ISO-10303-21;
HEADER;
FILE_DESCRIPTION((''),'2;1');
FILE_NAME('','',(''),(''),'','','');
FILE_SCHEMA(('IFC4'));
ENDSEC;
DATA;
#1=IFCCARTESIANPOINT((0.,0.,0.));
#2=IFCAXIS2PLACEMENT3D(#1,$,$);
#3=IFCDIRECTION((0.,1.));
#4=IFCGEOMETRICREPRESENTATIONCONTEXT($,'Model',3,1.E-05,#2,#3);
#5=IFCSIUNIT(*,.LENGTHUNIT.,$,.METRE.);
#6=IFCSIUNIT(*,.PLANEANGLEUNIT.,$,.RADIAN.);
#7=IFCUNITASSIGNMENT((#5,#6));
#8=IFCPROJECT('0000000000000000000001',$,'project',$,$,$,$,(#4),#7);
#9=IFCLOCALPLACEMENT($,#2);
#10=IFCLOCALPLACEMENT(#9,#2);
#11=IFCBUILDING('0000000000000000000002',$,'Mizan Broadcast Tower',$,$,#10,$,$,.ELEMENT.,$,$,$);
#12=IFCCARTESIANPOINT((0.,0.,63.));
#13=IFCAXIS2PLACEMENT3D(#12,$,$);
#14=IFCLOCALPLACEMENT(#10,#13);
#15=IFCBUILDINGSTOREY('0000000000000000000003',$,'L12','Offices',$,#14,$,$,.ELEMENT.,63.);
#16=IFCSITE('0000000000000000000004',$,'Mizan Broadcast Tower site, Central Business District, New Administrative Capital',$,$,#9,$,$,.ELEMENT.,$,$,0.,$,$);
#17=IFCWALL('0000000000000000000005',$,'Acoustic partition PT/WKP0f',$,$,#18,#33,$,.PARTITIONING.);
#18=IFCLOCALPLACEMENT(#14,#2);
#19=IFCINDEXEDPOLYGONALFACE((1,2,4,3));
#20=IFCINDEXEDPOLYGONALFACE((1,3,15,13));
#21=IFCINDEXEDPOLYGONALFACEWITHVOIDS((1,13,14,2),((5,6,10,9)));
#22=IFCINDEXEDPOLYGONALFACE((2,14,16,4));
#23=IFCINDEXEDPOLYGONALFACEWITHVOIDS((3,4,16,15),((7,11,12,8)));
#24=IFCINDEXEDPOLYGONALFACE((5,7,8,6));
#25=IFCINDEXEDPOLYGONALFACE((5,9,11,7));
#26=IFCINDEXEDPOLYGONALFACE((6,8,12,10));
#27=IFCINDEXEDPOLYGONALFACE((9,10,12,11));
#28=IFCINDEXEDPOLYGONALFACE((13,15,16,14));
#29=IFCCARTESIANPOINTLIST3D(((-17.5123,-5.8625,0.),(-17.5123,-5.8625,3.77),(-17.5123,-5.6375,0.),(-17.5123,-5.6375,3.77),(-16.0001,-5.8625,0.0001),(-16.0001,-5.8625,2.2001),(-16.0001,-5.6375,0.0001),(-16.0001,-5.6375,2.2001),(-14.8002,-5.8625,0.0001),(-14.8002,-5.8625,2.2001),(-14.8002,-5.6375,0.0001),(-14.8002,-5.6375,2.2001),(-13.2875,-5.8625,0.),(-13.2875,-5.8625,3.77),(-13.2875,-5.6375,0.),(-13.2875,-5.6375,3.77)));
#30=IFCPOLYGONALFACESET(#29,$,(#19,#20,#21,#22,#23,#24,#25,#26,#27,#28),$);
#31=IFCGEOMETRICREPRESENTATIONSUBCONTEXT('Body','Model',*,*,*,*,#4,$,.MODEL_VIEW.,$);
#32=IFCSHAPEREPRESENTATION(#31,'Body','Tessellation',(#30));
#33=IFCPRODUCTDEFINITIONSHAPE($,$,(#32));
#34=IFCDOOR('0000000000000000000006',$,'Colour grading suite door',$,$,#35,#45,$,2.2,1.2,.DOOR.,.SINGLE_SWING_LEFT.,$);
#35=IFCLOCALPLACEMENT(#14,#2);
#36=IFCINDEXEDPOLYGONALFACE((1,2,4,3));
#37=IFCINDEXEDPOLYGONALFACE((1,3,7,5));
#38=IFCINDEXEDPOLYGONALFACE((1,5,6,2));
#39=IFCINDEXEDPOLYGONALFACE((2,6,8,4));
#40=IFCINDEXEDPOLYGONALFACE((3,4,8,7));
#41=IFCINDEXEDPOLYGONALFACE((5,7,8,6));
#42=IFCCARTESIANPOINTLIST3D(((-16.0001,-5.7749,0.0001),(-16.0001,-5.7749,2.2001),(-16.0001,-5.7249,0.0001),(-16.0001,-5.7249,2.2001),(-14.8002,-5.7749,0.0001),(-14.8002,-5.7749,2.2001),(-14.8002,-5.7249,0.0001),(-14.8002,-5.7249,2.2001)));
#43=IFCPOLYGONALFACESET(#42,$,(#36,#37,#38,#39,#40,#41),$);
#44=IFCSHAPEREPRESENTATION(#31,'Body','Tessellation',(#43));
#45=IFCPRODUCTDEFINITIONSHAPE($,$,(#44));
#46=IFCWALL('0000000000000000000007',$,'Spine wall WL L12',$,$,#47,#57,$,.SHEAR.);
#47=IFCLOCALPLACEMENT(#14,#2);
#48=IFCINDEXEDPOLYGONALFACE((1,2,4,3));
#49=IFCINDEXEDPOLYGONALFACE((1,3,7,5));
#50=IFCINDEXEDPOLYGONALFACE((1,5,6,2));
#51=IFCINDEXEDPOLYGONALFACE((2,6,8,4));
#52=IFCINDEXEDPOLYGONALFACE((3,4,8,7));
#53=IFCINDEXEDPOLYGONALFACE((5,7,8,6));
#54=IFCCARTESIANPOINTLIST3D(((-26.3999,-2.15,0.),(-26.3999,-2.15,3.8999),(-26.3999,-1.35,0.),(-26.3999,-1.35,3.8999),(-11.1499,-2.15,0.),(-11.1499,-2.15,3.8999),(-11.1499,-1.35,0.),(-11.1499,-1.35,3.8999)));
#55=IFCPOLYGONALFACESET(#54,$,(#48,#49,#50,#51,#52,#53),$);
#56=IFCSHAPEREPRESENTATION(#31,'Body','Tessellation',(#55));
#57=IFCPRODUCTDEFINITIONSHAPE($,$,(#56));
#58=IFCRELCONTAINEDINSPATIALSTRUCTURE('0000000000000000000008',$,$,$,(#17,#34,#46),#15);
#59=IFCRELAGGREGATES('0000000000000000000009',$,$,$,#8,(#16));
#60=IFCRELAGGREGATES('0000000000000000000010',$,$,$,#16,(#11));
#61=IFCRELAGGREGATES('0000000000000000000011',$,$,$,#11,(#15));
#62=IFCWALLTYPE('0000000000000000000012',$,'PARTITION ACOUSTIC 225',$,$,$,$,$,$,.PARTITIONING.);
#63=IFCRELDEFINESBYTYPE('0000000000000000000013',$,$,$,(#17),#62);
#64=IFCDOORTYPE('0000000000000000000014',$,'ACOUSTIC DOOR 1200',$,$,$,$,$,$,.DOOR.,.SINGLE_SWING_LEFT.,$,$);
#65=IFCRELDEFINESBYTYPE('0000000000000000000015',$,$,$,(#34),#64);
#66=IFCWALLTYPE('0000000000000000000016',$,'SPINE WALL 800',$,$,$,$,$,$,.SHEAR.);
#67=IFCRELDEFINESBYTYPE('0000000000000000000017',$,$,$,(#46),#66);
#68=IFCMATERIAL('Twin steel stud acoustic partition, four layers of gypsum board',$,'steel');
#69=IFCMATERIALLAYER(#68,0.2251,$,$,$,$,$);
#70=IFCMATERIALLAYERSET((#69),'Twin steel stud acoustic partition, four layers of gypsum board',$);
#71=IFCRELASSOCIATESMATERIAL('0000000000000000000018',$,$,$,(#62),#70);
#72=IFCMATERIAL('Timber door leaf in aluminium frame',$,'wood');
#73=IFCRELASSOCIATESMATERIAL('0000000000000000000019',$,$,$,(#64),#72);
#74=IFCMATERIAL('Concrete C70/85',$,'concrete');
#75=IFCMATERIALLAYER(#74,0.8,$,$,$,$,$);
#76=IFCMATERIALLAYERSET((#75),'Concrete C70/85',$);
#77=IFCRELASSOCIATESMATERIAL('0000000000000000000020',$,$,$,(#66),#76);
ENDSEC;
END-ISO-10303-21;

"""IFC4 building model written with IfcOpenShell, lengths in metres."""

from ifc_helpers import new_model, si_unit, direction, frame, frame_2d, origin, place, context, subcontext, project, spatial, rectangle, extrude, material, layer, layer_set, type_object, element, fill, save


model = new_model("IFC4")

# Units and contexts
model_context = context("Model", 3, precision=1e-05, world=origin(), true_north=direction((0.0, 1.0)))
body_context = subcontext(model_context, "Body", "Model", "MODEL_VIEW")
ifc_project = project(units=[si_unit("LENGTHUNIT", "METRE"), si_unit("PLANEANGLEUNIT", "RADIAN")], contexts=[model_context])

# Site, building, storey
site_placement = place(None, origin())
site = spatial("IfcSite", under=ifc_project, at=site_placement, Name="Mizan Broadcast Tower site, Central Business District, New Administrative Capital", CompositionType="ELEMENT", RefElevation=0.0)
building_placement = place(site_placement, origin())
building = spatial("IfcBuilding", under=site, at=building_placement, Name="Mizan Broadcast Tower", CompositionType="ELEMENT")
storey_placement = place(building_placement, frame((0.0, 0.0, 63.0)))
storey = spatial("IfcBuildingStorey", under=building, at=storey_placement, Name="L12", Description="Offices", CompositionType="ELEMENT", Elevation=63.0)

# Shared definitions
ifc_material_1 = material(Name="Twin steel stud acoustic partition, four layers of gypsum board", Category="steel")
ifc_layer_1 = layer(ifc_material_1, 0.2251)
ifc_layer_set_1 = layer_set([ifc_layer_1], Name="Twin steel stud acoustic partition, four layers of gypsum board")
wall_type_1 = type_object("IfcWallType", Name="PARTITION ACOUSTIC 225", PredefinedType="PARTITIONING", material=ifc_layer_set_1)

# Wall, opening, door
wall_1_placement = place(storey_placement, frame((-13.2876, -5.75, 0.0), z_axis=(0.0, 0.0, 1.0), x_axis=(-1.0, 0.0, 0.0)))
wall_1 = element("IfcWall", 1, at=wall_1_placement, inside=storey, type_object=wall_type_1, Name="Acoustic partition PT/WKP0f", PredefinedType="PARTITIONING", context=body_context, shape_type="SweptSolid", body=[
    extrude(rectangle(XDim=4.2249, YDim=0.2251, at=frame_2d((2.1123, 0.0))), origin(), (0.0, 0.0, 1.0), 3.77),
])
opening_1_placement = place(wall_1_placement, frame((1.5125, 0.0, 0.0)))
opening_1 = element("IfcOpeningElement", 2, at=opening_1_placement, cuts=wall_1, PredefinedType="OPENING", context=body_context, shape_type="SweptSolid", body=[
    extrude(rectangle(XDim=1.2, YDim=2.2, at=frame_2d((0.6001, 1.1001))), frame((0.0, 0.1226, 0.0), z_axis=(0.0, -1.0, 0.0), x_axis=(1.0, 0.0, 0.0)), (0.0, 0.0, 1.0), 0.2451),
])
ifc_material_2 = material(Name="Timber door leaf in aluminium frame", Category="wood")
door_type_1 = type_object("IfcDoorType", Name="ACOUSTIC DOOR 1200", OperationType="SINGLE_SWING_LEFT", PredefinedType="DOOR", material=ifc_material_2)
door_1_placement = place(opening_1_placement, origin())
door_1 = element("IfcDoor", 3, at=door_1_placement, inside=storey, type_object=door_type_1, Name="Colour grading suite door", OperationType="SINGLE_SWING_LEFT", OverallHeight=2.2, OverallWidth=1.2, PredefinedType="DOOR", context=body_context, shape_type="SweptSolid", body=[
    extrude(rectangle(XDim=1.2, YDim=2.2, at=frame_2d((0.6001, 1.1001))), frame((0.0, 0.0249, 0.0), z_axis=(0.0, -1.0, 0.0), x_axis=(1.0, 0.0, 0.0)), (0.0, 0.0, 1.0), 0.05),
])
fill(opening_1, door_1)

# Wall
ifc_material_3 = material(Name="Concrete C70/85", Category="concrete")
ifc_layer_2 = layer(ifc_material_3, 0.8)
ifc_layer_set_2 = layer_set([ifc_layer_2], Name="Concrete C70/85")
wall_type_2 = type_object("IfcWallType", Name="SPINE WALL 800", PredefinedType="SHEAR", material=ifc_layer_set_2)
wall_2_placement = place(storey_placement, frame((-11.1499, -1.75, 0.0), z_axis=(0.0, 0.0, 1.0), x_axis=(-1.0, 0.0, 0.0)))
element("IfcWall", 4, at=wall_2_placement, inside=storey, type_object=wall_type_2, Name="Spine wall WL L12", PredefinedType="SHEAR", context=body_context, shape_type="SweptSolid", body=[
    extrude(rectangle(XDim=15.25, YDim=0.8, at=frame_2d((7.625, 0.0))), origin(), (0.0, 0.0, 1.0), 3.8999),
])

save(model, "model.ifc")
